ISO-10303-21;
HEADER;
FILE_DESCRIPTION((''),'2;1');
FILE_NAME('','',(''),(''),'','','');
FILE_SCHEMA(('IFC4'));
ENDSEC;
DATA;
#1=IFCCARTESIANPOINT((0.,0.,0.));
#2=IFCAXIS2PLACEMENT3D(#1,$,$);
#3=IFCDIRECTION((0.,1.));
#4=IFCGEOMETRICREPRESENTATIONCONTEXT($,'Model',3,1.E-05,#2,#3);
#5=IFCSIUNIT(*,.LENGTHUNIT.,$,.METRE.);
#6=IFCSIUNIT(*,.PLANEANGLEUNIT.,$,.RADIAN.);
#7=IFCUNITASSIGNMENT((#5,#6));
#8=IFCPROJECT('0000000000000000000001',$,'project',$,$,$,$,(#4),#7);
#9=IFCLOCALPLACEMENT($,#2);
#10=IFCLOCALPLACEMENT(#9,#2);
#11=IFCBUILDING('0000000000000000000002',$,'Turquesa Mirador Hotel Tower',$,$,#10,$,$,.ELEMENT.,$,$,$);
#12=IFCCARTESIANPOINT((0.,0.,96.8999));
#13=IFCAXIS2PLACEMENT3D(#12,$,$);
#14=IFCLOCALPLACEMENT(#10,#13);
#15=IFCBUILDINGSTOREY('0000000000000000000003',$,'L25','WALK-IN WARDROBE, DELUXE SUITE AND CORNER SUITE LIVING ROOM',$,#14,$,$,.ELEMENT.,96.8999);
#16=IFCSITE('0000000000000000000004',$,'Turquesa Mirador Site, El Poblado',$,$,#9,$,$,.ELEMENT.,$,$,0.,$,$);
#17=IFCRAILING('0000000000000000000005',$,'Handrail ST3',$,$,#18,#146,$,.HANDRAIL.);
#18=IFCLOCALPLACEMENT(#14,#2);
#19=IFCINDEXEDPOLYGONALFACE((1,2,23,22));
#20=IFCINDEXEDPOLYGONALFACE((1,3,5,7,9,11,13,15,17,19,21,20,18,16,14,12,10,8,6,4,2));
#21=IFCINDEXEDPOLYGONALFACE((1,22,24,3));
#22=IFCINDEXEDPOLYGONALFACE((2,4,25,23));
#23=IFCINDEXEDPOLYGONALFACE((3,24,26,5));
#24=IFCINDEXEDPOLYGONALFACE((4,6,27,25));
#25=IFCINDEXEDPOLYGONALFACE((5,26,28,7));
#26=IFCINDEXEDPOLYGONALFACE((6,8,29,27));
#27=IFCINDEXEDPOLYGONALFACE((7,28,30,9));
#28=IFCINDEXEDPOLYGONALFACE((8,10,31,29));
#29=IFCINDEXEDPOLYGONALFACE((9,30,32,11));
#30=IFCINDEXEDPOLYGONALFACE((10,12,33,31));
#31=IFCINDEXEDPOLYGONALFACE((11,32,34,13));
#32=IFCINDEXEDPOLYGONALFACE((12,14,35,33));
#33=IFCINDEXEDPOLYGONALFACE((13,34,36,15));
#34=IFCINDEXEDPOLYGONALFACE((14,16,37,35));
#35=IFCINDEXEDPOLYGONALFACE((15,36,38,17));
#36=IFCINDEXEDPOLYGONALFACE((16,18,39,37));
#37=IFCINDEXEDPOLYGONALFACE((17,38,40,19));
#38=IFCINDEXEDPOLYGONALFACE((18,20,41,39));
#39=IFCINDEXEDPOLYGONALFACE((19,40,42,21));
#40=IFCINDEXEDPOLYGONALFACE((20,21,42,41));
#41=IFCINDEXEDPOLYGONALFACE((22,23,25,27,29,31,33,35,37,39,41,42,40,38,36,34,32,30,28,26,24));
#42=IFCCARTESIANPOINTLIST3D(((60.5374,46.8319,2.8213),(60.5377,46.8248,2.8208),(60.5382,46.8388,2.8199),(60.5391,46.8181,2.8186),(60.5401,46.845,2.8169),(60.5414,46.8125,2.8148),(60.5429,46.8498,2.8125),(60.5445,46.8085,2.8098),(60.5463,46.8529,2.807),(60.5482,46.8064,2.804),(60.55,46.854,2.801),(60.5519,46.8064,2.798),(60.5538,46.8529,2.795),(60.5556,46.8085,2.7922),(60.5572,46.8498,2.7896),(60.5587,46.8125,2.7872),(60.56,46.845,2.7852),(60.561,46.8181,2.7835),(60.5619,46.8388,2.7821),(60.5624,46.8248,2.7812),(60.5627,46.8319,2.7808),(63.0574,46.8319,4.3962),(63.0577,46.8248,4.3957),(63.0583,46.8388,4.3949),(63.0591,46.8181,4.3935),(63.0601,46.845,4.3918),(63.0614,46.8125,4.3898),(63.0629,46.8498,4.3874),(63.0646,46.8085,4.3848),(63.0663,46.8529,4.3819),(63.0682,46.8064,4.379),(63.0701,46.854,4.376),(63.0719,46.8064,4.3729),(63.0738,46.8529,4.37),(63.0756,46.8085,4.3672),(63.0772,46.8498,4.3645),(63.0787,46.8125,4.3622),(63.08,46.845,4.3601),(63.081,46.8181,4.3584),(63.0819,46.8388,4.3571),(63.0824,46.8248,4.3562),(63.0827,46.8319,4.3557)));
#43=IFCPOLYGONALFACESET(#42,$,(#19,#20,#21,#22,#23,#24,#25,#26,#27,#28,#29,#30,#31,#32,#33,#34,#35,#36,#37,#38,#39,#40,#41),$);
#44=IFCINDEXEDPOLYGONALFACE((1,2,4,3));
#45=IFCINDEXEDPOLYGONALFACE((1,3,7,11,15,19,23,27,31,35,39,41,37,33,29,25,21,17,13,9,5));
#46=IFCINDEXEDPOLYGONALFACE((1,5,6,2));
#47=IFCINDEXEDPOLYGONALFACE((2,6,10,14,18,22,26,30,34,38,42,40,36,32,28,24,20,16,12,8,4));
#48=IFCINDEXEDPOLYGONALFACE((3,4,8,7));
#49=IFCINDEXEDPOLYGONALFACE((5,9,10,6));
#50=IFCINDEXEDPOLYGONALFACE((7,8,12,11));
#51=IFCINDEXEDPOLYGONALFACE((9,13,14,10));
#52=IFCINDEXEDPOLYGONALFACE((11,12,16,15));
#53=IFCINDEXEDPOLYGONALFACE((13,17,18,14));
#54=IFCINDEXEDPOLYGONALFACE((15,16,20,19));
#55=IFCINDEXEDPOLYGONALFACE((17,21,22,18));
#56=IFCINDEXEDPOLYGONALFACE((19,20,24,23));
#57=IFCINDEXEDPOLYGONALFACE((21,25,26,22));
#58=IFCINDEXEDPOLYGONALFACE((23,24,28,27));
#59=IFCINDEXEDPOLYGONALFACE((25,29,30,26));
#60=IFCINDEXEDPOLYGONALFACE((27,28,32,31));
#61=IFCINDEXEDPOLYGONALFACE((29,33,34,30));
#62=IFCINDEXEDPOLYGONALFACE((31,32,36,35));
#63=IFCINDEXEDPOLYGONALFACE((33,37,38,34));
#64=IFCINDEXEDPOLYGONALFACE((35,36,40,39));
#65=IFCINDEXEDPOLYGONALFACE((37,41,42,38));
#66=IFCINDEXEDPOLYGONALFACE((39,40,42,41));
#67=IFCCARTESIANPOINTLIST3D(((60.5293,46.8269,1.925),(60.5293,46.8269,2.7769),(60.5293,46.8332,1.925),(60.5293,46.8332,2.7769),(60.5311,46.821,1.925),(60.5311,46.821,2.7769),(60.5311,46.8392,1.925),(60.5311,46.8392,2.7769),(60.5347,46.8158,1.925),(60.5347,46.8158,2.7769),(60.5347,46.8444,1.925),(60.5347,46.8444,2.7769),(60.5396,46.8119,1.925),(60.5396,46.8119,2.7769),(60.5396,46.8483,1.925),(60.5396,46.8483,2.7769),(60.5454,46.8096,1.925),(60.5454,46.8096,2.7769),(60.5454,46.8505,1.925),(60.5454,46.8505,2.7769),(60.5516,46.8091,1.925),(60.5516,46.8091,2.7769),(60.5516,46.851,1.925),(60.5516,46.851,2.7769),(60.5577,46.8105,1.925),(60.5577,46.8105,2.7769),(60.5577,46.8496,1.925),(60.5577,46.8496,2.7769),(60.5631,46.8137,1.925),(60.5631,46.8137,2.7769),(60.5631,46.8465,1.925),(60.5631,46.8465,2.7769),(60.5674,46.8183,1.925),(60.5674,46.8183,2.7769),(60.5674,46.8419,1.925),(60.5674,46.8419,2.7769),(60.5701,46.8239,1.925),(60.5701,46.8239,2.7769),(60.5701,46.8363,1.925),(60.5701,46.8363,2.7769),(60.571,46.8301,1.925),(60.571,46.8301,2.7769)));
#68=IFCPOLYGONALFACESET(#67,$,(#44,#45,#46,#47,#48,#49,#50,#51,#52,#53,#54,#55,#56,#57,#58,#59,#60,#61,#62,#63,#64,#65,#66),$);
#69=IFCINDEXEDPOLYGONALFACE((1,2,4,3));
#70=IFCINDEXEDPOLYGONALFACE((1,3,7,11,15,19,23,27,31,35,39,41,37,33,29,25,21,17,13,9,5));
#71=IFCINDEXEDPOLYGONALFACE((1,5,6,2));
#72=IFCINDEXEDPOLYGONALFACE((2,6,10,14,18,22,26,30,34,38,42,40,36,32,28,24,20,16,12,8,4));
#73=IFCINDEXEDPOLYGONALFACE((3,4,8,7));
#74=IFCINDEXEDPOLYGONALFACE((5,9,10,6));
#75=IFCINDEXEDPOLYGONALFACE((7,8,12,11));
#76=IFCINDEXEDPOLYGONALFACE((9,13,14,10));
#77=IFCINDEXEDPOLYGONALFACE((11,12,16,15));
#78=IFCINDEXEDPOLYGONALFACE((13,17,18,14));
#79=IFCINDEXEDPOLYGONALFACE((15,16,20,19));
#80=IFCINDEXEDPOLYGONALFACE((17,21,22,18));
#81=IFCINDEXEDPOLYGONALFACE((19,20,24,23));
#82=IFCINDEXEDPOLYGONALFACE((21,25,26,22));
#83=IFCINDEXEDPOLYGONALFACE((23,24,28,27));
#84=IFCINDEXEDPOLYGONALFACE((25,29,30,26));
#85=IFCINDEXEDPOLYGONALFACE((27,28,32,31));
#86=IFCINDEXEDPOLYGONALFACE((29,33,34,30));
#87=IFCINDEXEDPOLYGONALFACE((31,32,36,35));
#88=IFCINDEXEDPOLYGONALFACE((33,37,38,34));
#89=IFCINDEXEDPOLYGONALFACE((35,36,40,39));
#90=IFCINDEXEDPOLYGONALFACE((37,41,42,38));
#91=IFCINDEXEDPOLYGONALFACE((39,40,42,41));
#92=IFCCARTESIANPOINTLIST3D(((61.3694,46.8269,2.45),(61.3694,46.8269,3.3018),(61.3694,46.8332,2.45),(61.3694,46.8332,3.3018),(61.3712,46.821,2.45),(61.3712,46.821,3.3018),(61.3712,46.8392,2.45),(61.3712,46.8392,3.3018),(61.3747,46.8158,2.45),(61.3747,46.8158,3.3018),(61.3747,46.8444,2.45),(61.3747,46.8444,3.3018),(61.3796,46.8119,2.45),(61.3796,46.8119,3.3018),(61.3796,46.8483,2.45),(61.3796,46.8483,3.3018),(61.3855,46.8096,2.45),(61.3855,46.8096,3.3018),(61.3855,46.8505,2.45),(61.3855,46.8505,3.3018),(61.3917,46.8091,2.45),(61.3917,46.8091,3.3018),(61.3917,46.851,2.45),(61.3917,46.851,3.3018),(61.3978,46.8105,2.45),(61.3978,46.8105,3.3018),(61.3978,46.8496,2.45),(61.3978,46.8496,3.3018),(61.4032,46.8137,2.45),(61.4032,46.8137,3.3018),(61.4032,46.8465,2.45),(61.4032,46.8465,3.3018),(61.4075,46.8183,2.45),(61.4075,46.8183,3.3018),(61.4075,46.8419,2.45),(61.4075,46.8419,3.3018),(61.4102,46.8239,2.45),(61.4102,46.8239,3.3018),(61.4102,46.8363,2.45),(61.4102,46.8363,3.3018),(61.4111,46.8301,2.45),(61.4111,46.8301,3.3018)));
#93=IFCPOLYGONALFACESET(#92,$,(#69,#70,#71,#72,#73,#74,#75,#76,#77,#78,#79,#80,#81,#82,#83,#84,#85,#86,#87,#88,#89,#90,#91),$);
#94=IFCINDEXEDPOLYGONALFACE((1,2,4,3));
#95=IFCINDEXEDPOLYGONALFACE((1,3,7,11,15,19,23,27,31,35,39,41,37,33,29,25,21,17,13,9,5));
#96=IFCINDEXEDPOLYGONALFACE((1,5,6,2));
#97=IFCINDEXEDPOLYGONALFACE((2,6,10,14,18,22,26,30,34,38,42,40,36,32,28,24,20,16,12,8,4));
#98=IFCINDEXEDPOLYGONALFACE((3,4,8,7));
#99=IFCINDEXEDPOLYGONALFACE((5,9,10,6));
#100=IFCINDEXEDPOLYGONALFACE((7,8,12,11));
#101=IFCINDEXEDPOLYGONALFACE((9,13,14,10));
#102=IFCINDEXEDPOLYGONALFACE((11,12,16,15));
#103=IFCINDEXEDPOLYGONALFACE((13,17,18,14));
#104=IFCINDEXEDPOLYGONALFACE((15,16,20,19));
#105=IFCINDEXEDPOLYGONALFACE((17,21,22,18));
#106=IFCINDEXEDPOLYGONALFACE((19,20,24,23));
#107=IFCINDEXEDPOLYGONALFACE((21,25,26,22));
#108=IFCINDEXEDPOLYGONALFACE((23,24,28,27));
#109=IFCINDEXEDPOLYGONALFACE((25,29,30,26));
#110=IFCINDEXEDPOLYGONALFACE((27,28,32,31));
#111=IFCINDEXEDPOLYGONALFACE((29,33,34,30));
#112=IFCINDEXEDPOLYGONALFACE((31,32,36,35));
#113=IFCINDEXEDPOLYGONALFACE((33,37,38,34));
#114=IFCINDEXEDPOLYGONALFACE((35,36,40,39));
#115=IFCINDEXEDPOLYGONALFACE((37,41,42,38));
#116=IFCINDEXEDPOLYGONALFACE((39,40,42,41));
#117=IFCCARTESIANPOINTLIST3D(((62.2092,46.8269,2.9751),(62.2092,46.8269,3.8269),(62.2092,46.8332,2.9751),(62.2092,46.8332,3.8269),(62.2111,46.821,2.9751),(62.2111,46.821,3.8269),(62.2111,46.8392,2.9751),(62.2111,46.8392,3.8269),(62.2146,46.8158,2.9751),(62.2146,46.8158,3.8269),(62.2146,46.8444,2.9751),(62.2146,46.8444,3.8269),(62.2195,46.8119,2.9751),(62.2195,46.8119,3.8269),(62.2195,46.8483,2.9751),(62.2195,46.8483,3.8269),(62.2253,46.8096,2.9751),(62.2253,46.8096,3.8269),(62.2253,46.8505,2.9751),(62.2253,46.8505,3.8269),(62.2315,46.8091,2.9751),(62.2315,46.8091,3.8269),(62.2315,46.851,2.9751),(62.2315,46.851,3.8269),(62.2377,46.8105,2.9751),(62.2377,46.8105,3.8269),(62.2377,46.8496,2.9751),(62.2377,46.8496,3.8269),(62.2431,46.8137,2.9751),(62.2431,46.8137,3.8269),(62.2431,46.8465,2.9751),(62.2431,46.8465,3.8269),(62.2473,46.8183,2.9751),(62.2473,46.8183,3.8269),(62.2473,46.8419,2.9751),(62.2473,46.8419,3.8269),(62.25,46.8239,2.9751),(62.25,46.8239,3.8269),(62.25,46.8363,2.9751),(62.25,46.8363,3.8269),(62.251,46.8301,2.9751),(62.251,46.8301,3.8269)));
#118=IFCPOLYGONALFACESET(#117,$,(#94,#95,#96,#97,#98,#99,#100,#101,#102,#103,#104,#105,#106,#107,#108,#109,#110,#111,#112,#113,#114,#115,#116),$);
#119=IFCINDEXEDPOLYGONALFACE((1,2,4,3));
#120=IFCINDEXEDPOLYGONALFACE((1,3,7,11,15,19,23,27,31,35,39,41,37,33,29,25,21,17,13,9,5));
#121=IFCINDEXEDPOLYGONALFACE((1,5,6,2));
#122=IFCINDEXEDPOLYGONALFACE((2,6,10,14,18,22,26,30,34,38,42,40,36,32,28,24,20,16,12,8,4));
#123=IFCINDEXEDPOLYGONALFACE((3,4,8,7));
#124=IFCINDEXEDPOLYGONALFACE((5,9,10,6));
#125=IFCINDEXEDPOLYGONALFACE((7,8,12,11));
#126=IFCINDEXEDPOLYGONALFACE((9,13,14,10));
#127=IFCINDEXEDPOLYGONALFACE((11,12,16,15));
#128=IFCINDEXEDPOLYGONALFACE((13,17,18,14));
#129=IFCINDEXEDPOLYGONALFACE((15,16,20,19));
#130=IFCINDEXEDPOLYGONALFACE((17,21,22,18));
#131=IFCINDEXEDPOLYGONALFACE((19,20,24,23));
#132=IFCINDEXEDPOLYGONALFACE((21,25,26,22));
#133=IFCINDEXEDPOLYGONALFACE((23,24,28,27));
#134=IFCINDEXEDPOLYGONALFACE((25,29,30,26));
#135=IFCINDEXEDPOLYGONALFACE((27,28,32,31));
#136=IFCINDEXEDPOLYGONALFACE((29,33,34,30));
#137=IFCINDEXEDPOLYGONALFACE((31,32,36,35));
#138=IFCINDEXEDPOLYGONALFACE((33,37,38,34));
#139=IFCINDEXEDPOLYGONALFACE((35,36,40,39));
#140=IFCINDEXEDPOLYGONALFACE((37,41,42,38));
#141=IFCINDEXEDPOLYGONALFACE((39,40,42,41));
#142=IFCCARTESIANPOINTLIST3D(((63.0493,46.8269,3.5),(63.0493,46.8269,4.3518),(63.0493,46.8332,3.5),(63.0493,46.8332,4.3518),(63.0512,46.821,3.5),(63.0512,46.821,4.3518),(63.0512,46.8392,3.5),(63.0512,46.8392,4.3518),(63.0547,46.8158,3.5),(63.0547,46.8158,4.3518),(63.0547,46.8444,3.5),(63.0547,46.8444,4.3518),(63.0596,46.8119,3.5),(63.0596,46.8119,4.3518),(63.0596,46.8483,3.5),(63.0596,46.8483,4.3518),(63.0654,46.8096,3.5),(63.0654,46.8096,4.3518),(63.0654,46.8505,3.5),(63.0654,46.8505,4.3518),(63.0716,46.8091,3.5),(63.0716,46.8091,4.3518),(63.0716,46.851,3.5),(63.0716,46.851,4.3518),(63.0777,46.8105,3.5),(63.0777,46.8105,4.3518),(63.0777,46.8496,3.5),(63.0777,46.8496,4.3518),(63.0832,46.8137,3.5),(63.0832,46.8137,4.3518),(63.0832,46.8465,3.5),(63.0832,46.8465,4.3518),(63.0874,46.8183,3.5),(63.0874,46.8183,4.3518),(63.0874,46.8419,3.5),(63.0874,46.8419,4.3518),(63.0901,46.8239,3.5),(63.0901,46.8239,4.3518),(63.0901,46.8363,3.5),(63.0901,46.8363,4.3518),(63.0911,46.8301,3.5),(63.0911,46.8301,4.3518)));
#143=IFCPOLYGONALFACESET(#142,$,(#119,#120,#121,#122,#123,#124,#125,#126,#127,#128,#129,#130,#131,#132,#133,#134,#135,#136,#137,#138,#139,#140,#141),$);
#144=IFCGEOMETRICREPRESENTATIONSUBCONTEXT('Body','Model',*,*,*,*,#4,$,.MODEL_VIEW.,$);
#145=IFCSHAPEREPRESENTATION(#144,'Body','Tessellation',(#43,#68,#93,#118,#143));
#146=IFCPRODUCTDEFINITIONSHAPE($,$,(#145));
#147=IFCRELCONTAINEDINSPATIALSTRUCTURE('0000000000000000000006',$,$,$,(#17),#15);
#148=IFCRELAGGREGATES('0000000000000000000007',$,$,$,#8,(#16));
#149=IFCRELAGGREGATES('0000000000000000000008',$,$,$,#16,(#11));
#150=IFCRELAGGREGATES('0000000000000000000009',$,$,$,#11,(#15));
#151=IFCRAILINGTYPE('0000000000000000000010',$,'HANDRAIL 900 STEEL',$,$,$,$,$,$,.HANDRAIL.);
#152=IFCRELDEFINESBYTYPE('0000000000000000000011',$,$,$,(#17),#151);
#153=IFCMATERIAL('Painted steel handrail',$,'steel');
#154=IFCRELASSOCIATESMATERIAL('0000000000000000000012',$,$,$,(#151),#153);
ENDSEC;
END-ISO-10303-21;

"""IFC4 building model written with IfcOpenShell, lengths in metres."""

from ifc_helpers import new_model, si_unit, direction, frame, origin, origin_2d, place, context, subcontext, project, spatial, circle, extrude, material, type_object, element, save


model = new_model("IFC4")

# Units and contexts
model_context = context("Model", 3, precision=1e-05, world=origin(), true_north=direction((0.0, 1.0)))
body_context = subcontext(model_context, "Body", "Model", "MODEL_VIEW")
ifc_project = project(units=[si_unit("LENGTHUNIT", "METRE"), si_unit("PLANEANGLEUNIT", "RADIAN")], contexts=[model_context])

# Site, building, storey
site_placement = place(None, origin())
site = spatial("IfcSite", under=ifc_project, at=site_placement, Name="Turquesa Mirador Site, El Poblado", CompositionType="ELEMENT", RefElevation=0.0)
building_placement = place(site_placement, origin())
building = spatial("IfcBuilding", under=site, at=building_placement, Name="Turquesa Mirador Hotel Tower", CompositionType="ELEMENT")
storey_placement = place(building_placement, frame((0.0, 0.0, 96.8999)))
storey = spatial("IfcBuildingStorey", under=building, at=storey_placement, Name="L25", Description="WALK-IN WARDROBE, DELUXE SUITE AND CORNER SUITE LIVING ROOM", CompositionType="ELEMENT", Elevation=96.8999)

# Railing
ifc_material_1 = material(Name="Painted steel handrail", Category="steel")
railing_type = type_object("IfcRailingType", Name="HANDRAIL 900 STEEL", PredefinedType="HANDRAIL", material=ifc_material_1)
railing_1_placement = place(storey_placement, frame((60.55, 46.8301, 1.925)))
element("IfcRailing", 1, at=railing_1_placement, inside=storey, type_object=railing_type, Name="Handrail ST3", PredefinedType="HANDRAIL", context=body_context, shape_type="SweptSolid", body=[
    extrude(circle(Radius=0.0239, at=origin_2d()), frame((0.0, 0.0, 0.876), z_axis=(0.848008, 0.0, 0.529984), x_axis=(0.0, 1.0, 0.0)), (0.0, 0.0, 1.0), 2.9717),
    extrude(circle(Radius=0.021, at=origin_2d()), origin(), (0.0, 0.0, 1.0), 0.8518),
    extrude(circle(Radius=0.021, at=origin_2d()), frame((0.8401, 0.0, 0.5249)), (0.0, 0.0, 1.0), 0.8518),
    extrude(circle(Radius=0.021, at=origin_2d()), frame((1.6799, 0.0, 1.05)), (0.0, 0.0, 1.0), 0.8518),
    extrude(circle(Radius=0.021, at=origin_2d()), frame((2.52, 0.0, 1.575)), (0.0, 0.0, 1.0), 0.8518),
])

save(model, "model.ifc")
